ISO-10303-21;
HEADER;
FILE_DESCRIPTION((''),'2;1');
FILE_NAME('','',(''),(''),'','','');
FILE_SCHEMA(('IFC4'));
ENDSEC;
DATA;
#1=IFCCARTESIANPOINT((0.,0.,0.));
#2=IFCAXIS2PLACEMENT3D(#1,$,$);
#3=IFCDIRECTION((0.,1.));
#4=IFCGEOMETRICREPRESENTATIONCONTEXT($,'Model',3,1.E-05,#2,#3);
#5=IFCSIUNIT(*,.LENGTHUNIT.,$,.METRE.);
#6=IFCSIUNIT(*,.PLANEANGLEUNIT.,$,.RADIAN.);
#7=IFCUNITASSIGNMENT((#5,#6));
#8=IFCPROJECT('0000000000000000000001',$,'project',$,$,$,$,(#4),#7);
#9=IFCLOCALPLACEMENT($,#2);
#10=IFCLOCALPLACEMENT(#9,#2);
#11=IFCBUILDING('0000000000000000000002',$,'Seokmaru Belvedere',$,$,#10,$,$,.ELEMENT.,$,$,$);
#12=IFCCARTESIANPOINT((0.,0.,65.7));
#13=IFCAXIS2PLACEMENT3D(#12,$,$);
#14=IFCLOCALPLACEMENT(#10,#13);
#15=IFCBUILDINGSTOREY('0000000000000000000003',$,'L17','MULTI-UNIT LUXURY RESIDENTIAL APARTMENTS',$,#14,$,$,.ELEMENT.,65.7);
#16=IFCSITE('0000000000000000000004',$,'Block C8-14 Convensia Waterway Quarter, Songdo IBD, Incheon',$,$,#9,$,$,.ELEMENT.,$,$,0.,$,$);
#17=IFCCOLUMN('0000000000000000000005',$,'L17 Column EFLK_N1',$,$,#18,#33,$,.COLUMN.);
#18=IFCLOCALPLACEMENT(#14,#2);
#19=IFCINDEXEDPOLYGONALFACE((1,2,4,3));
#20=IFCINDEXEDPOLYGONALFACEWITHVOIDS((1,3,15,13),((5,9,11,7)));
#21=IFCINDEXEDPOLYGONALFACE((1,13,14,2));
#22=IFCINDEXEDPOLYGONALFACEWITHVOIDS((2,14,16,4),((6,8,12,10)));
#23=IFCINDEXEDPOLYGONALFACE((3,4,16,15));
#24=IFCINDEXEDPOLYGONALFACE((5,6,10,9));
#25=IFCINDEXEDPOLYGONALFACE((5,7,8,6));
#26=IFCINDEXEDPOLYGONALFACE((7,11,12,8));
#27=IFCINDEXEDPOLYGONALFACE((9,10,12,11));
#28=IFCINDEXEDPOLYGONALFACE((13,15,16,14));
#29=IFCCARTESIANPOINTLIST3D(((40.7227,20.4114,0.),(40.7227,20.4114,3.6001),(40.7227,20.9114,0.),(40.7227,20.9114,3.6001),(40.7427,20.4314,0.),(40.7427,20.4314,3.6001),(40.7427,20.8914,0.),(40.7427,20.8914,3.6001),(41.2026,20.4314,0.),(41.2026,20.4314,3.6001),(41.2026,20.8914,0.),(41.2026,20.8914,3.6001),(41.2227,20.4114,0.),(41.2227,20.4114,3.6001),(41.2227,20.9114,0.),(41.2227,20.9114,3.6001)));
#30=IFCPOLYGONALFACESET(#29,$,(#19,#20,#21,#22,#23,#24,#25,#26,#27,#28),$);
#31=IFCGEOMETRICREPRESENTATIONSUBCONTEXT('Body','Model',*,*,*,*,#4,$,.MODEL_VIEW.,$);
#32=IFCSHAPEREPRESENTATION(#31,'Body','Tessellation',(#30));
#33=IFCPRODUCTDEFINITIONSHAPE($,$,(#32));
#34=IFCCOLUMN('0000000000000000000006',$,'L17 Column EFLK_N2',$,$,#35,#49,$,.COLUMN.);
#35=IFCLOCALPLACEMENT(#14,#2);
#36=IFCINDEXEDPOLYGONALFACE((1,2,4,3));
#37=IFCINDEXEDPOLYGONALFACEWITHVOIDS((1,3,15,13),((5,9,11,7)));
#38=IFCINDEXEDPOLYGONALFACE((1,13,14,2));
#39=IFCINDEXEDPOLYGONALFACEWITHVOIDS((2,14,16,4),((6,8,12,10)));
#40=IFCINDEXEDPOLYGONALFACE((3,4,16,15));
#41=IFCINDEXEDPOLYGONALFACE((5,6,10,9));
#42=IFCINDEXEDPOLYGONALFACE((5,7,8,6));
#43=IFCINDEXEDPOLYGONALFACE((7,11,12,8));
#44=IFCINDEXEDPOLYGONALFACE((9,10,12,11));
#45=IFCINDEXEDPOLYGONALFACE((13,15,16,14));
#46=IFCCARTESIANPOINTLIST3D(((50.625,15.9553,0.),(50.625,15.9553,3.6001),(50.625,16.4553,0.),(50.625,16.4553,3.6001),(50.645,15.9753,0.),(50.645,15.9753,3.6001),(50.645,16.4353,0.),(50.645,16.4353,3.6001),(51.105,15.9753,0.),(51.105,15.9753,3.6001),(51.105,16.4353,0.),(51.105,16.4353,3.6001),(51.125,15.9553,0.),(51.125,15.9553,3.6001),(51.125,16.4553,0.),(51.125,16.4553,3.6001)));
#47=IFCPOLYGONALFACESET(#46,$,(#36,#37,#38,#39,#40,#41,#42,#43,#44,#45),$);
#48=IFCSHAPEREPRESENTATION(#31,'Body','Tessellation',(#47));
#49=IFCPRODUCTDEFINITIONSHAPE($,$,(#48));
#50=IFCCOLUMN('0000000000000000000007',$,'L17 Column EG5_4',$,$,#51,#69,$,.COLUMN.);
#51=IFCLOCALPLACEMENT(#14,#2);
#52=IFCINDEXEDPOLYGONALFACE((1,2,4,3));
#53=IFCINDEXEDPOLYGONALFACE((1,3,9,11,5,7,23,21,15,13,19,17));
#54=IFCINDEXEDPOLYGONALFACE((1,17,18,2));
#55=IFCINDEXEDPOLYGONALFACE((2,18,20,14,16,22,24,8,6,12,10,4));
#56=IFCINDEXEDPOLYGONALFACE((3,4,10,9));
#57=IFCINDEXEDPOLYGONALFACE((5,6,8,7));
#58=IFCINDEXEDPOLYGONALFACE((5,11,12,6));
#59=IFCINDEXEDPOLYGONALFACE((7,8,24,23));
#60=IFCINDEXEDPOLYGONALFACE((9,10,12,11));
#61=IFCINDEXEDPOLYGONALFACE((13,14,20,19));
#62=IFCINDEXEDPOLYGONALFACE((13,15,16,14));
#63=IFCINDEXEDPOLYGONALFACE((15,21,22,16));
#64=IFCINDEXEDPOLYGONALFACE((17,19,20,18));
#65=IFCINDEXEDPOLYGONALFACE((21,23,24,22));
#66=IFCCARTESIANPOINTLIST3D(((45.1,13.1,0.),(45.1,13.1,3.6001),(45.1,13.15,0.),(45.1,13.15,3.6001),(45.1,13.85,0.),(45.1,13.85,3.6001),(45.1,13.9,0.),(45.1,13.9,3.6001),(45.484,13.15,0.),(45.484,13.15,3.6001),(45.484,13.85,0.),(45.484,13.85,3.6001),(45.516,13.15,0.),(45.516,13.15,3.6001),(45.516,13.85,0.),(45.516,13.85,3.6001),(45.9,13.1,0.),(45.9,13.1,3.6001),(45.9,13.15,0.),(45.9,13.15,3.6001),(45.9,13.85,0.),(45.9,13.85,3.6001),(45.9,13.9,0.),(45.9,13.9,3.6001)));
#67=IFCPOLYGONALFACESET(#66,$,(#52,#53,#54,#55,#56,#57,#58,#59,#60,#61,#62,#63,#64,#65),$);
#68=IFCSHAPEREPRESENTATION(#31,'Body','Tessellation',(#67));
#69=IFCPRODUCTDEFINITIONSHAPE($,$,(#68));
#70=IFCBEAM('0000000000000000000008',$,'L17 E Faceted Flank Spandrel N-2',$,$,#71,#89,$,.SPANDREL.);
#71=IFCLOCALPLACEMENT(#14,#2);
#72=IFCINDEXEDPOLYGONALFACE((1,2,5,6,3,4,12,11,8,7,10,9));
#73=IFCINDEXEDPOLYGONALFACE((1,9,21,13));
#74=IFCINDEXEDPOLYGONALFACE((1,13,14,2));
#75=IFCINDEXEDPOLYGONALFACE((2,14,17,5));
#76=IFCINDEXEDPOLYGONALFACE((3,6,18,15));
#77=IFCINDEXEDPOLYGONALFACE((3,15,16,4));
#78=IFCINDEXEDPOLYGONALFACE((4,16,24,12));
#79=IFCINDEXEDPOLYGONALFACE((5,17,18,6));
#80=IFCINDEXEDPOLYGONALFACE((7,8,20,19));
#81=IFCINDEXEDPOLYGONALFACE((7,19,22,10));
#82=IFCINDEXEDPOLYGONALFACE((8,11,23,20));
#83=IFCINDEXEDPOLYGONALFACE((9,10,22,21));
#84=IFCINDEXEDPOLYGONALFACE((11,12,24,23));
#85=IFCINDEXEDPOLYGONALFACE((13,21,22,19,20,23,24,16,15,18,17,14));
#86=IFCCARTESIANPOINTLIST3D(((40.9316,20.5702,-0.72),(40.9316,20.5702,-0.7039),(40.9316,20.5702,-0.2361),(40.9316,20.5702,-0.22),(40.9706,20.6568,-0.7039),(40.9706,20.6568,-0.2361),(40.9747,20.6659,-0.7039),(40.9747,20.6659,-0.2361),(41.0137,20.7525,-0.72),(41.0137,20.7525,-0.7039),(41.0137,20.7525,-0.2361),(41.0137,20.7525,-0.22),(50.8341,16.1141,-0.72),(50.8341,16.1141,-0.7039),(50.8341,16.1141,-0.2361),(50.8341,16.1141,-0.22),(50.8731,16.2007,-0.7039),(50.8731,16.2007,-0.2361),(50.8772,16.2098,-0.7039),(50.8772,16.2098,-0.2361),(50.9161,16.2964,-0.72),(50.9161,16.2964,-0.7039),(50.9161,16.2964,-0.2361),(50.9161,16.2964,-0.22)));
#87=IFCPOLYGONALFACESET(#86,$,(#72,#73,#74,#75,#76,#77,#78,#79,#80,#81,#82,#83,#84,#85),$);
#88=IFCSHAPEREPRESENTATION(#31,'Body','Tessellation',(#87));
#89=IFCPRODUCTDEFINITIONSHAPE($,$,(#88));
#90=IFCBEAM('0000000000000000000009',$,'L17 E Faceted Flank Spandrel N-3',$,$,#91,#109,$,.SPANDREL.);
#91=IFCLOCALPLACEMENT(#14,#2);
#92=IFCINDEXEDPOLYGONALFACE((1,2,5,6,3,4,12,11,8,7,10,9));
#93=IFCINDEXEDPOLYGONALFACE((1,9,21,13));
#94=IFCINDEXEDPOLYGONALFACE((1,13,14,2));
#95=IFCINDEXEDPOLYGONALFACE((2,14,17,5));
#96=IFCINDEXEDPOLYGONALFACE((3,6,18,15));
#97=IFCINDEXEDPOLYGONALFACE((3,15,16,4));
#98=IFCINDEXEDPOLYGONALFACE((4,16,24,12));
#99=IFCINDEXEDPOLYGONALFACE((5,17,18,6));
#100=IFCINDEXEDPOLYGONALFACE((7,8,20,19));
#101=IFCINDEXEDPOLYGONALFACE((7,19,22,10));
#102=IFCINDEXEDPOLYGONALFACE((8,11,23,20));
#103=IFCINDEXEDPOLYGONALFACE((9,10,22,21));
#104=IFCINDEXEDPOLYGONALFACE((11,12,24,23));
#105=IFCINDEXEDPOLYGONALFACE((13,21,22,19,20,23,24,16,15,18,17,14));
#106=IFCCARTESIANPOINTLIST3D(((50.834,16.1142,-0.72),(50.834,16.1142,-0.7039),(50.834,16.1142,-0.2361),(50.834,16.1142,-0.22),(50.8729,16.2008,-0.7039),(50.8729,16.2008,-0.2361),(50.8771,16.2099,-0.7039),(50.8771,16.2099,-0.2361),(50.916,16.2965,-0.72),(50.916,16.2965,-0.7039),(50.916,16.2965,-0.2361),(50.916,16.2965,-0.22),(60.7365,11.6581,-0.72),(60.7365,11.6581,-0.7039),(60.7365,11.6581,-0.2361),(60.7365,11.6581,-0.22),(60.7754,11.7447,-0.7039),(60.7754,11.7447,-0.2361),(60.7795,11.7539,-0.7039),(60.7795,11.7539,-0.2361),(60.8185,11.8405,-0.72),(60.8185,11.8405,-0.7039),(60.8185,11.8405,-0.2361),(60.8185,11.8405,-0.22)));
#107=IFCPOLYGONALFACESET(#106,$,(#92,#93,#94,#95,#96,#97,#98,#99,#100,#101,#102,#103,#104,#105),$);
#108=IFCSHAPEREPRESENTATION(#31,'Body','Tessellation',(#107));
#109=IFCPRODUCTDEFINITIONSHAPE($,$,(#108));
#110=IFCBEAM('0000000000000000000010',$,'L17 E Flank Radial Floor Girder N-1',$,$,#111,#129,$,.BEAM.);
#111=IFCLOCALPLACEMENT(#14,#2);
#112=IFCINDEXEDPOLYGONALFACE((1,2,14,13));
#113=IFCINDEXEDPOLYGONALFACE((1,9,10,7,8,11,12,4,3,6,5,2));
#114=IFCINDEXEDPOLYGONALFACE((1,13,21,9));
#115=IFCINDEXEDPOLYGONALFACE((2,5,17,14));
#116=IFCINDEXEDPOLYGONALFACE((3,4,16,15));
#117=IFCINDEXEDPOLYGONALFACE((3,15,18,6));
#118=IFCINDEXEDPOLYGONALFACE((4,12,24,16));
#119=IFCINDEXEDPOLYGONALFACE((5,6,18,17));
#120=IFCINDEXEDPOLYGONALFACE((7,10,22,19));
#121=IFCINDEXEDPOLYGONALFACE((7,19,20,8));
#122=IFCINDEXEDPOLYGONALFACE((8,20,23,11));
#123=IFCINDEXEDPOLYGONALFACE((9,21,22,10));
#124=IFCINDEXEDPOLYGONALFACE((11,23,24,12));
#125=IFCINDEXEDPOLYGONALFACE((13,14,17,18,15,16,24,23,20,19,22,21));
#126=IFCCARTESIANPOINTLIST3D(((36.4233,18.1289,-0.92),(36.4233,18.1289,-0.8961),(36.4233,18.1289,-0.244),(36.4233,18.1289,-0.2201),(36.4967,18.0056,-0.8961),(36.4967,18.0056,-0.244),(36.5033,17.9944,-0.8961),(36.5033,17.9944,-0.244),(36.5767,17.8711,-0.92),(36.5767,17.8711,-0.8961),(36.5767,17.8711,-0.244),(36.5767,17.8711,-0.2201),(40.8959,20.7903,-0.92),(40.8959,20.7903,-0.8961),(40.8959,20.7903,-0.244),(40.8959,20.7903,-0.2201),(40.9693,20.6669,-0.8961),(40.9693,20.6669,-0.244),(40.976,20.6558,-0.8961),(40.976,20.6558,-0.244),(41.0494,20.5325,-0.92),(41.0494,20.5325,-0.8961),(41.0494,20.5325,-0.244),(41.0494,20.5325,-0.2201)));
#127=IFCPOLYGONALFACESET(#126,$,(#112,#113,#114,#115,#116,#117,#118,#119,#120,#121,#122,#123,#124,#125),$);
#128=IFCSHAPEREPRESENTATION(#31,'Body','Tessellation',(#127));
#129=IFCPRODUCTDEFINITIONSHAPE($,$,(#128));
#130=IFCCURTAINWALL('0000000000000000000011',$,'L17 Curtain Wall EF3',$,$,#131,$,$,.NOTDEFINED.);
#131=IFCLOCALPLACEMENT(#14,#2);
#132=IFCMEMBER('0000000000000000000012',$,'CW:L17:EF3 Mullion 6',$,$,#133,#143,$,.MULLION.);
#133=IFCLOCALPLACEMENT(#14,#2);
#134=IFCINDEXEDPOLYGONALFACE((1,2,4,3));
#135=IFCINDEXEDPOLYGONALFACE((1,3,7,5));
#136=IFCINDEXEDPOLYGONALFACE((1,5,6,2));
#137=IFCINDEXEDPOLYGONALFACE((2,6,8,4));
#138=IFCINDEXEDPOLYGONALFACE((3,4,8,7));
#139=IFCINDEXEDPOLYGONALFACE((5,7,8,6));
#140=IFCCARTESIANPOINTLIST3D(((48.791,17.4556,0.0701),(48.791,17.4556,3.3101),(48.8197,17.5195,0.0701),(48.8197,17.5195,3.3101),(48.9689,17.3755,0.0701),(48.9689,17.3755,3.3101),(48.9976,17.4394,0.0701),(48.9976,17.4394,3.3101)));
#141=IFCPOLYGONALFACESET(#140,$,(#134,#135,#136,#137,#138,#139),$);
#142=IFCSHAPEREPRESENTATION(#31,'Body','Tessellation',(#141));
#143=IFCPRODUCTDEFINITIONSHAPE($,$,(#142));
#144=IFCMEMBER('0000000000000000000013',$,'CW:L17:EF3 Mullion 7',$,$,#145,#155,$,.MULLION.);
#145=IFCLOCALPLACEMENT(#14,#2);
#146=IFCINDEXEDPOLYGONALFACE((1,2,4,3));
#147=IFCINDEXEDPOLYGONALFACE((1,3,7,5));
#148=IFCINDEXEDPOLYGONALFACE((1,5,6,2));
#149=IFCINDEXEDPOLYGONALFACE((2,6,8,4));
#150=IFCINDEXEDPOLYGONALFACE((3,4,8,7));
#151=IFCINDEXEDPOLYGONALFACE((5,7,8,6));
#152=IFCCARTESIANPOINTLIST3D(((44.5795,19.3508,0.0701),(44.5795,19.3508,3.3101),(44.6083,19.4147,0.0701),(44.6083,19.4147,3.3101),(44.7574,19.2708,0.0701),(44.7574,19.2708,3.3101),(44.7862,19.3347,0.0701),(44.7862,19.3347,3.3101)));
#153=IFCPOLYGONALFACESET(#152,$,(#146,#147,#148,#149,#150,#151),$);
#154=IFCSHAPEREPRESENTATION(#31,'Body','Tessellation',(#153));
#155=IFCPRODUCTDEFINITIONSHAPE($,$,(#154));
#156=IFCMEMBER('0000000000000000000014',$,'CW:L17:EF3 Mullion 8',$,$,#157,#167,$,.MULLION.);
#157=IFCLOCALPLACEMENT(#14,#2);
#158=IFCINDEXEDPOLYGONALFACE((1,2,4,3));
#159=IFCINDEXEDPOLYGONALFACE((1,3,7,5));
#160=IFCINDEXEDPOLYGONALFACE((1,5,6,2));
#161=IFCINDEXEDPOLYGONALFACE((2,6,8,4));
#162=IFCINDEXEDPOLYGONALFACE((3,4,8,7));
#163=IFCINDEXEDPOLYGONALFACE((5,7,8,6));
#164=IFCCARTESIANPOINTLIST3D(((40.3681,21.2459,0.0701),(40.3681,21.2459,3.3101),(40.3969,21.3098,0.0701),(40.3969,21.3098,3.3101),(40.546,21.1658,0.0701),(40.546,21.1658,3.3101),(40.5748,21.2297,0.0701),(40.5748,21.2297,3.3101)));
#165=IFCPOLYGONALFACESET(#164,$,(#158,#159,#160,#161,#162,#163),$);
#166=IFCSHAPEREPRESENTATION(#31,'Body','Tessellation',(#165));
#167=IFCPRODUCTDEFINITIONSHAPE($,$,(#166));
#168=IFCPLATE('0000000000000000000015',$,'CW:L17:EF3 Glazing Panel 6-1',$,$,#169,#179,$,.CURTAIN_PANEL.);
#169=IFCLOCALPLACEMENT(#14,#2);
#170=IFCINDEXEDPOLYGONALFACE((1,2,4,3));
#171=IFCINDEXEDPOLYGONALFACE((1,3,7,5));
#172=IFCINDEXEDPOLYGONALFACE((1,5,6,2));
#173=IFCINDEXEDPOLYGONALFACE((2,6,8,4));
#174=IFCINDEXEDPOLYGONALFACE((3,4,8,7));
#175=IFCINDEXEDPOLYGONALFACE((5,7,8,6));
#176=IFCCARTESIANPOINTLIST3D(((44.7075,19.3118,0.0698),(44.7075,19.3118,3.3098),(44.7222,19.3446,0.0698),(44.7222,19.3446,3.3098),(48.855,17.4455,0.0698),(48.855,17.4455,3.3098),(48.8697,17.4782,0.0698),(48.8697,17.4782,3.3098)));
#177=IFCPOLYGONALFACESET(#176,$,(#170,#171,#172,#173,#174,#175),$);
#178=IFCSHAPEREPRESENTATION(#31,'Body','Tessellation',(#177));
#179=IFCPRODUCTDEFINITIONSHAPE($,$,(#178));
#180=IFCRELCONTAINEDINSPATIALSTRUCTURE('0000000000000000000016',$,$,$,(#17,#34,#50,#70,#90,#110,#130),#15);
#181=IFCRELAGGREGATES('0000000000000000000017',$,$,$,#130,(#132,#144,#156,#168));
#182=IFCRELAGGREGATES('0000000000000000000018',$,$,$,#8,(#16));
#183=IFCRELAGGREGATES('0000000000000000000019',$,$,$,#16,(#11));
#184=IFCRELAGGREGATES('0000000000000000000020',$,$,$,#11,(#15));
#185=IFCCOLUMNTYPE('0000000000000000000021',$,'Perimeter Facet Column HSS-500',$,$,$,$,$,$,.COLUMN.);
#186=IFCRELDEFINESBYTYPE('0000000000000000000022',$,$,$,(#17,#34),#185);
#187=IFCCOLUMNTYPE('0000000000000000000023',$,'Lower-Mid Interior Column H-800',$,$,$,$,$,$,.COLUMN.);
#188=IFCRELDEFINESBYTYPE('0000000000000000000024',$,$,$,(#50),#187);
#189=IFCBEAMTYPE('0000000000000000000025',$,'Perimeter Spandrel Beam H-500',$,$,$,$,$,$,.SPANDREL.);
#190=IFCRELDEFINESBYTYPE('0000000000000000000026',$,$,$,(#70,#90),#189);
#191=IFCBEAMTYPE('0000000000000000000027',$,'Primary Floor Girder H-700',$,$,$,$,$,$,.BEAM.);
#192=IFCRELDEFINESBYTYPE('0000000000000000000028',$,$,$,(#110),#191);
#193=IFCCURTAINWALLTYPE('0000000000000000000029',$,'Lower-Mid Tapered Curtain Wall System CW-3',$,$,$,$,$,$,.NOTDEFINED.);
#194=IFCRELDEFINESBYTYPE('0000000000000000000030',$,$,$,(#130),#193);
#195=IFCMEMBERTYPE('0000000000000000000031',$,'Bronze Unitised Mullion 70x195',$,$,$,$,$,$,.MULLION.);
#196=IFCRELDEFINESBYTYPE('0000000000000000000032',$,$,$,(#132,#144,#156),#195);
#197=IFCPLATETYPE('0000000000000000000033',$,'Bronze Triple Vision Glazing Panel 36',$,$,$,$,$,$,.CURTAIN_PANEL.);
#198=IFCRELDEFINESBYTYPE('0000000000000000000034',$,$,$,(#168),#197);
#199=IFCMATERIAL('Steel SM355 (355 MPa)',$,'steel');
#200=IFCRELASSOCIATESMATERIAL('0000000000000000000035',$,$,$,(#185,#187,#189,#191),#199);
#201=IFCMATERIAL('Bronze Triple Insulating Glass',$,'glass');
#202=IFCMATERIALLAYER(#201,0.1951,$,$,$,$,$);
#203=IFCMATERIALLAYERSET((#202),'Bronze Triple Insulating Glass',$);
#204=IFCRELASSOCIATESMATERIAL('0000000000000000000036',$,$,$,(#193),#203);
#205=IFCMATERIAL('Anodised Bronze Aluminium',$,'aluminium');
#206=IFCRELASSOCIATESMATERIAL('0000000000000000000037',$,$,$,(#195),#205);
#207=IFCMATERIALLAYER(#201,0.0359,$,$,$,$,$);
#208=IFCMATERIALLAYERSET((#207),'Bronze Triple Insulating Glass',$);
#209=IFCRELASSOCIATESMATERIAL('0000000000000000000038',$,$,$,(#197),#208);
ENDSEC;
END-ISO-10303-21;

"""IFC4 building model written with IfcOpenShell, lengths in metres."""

from ifc_helpers import new_model, si_unit, direction, frame, origin, origin_2d, place, context, subcontext, project, spatial, rectangle, hollow_rectangle, i_section, extrude, source, transform, mapped, material, layer, layer_set, material_profile, profile_set, type_object, type_shapes, element, aggregate, save


model = new_model("IFC4")

# Units and contexts
model_context = context("Model", 3, precision=1e-05, world=origin(), true_north=direction((0.0, 1.0)))
body_context = subcontext(model_context, "Body", "Model", "MODEL_VIEW")
ifc_project = project(units=[si_unit("LENGTHUNIT", "METRE"), si_unit("PLANEANGLEUNIT", "RADIAN")], contexts=[model_context])

# Site, building, storey
site_placement = place(None, origin())
site = spatial("IfcSite", under=ifc_project, at=site_placement, Name="Block C8-14 Convensia Waterway Quarter, Songdo IBD, Incheon", CompositionType="ELEMENT", RefElevation=0.0)
building_placement = place(site_placement, origin())
building = spatial("IfcBuilding", under=site, at=building_placement, Name="Seokmaru Belvedere", CompositionType="ELEMENT")
storey_placement = place(building_placement, frame((0.0, 0.0, 65.7)))
storey = spatial("IfcBuildingStorey", under=building, at=storey_placement, Name="L17", Description="MULTI-UNIT LUXURY RESIDENTIAL APARTMENTS", CompositionType="ELEMENT", Elevation=65.7)

# Columns
ifc_material_1 = material(Name="Steel SM355 (355 MPa)", Category="steel")
ifc_material_profile_1 = material_profile(ifc_material_1, hollow_rectangle(XDim=0.5, YDim=0.5, WallThickness=0.02, at=origin_2d()), Name="HSS-500x500x20")
ifc_profile_set_1 = profile_set([ifc_material_profile_1], Name="Steel SM355 (355 MPa)")
column_type_1 = type_object("IfcColumnType", Name="Perimeter Facet Column HSS-500", PredefinedType="COLUMN", material=ifc_profile_set_1)
shared_shape_1 = source(origin(), body_context, "Body", "SweptSolid", [
    extrude(hollow_rectangle(XDim=0.5, YDim=0.5, WallThickness=0.02, at=origin_2d()), origin(), (0.0, 0.0, 1.0), 3.6001),
])
type_shapes(column_type_1, [shared_shape_1])
for number, where, z_axis, x_axis, name in (
    (1, (40.9727, 20.6614, 0.0), (0.0, 0.0, 1.0), (1.0, 0.0, 0.0), "L17 Column EFLK_N1"),
    (2, (50.875, 16.2053, 0.0), (0.0, 0.0, 1.0), (1.0, 0.0, 0.0), "L17 Column EFLK_N2"),
):
    element("IfcColumn", number, at=place(storey_placement, frame(where, z_axis=z_axis, x_axis=x_axis)), inside=storey, type_object=column_type_1, Name=name, PredefinedType="COLUMN", context=body_context, shape_type="MappedRepresentation", body=[
        mapped(shared_shape_1, transform((0.0, 0.0, 0.0), scale=1.0)),
    ])
ifc_material_profile_2 = material_profile(ifc_material_1, i_section(OverallWidth=0.8, OverallDepth=0.8, WebThickness=0.032, FlangeThickness=0.05, at=origin_2d()), Name="H-800x800x32x50")
ifc_profile_set_2 = profile_set([ifc_material_profile_2], Name="Steel SM355 (355 MPa)")
column_type_2 = type_object("IfcColumnType", Name="Lower-Mid Interior Column H-800", PredefinedType="COLUMN", material=ifc_profile_set_2)
shared_shape_2 = source(origin(), body_context, "Body", "SweptSolid", [
    extrude(i_section(OverallWidth=0.8, OverallDepth=0.8, WebThickness=0.032, FlangeThickness=0.05, at=origin_2d()), origin(), (0.0, 0.0, 1.0), 3.6001),
])
type_shapes(column_type_2, [shared_shape_2])
column_placement = place(storey_placement, frame((45.5, 13.5, 0.0), z_axis=(0.0, 0.0, 1.0), x_axis=(1.0, 0.0, 0.0)))
element("IfcColumn", 3, at=column_placement, inside=storey, type_object=column_type_2, Name="L17 Column EG5_4", PredefinedType="COLUMN", context=body_context, shape_type="MappedRepresentation", body=[
    mapped(shared_shape_2, transform((0.0, 0.0, 0.0), scale=1.0)),
])

# Beams
ifc_material_profile_3 = material_profile(ifc_material_1, i_section(OverallWidth=0.2, OverallDepth=0.5, WebThickness=0.01, FlangeThickness=0.0161, at=origin_2d()), Name="H-500x200x10x16")
ifc_profile_set_3 = profile_set([ifc_material_profile_3], Name="Steel SM355 (355 MPa)")
beam_type_1 = type_object("IfcBeamType", Name="Perimeter Spandrel Beam H-500", PredefinedType="SPANDREL", material=ifc_profile_set_3)
shared_shape_3 = source(origin(), body_context, "Body", "SweptSolid", [
    extrude(i_section(OverallWidth=0.2, OverallDepth=0.5, WebThickness=0.01, FlangeThickness=0.0161, at=origin_2d()), origin(), (0.0, 0.0, 1.0), 10.8589),
])
type_shapes(beam_type_1, [shared_shape_3])
for number, where, z_axis, x_axis, name in (
    (4, (40.9727, 20.6614, -0.47), (0.911922, -0.410365, 0.0), (0.410365, 0.911922, 0.0), "L17 E Faceted Flank Spandrel N-2"),
    (5, (50.875, 16.2053, -0.47), (0.911925, -0.410356, 0.0), (0.410356, 0.911925, 0.0), "L17 E Faceted Flank Spandrel N-3"),
):
    element("IfcBeam", number, at=place(storey_placement, frame(where, z_axis=z_axis, x_axis=x_axis)), inside=storey, type_object=beam_type_1, Name=name, PredefinedType="SPANDREL", context=body_context, shape_type="MappedRepresentation", body=[
        mapped(shared_shape_3, transform((0.0, 0.0, 0.0), scale=1.0)),
    ])
ifc_material_profile_4 = material_profile(ifc_material_1, i_section(OverallWidth=0.3, OverallDepth=0.7, WebThickness=0.0129, FlangeThickness=0.0239, at=origin_2d()), Name="H-700x300x13x24")
ifc_profile_set_4 = profile_set([ifc_material_profile_4], Name="Steel SM355 (355 MPa)")
beam_type_2 = type_object("IfcBeamType", Name="Primary Floor Girder H-700", PredefinedType="BEAM", material=ifc_profile_set_4)
shared_shape_4 = source(origin(), body_context, "Body", "SweptSolid", [
    extrude(i_section(OverallWidth=0.3, OverallDepth=0.7, WebThickness=0.0129, FlangeThickness=0.0239, at=origin_2d()), origin(), (0.0, 0.0, 1.0), 5.2046),
])
type_shapes(beam_type_2, [shared_shape_4])
beam_placement = place(storey_placement, frame((40.9727, 20.6614, -0.5701), z_axis=(-0.85937, -0.511354, 0.0), x_axis=(0.511354, -0.85937, 0.0)))
element("IfcBeam", 6, at=beam_placement, inside=storey, type_object=beam_type_2, Name="L17 E Flank Radial Floor Girder N-1", PredefinedType="BEAM", context=body_context, shape_type="MappedRepresentation", body=[
    mapped(shared_shape_4, transform((0.0, 0.0, 0.0), scale=1.0)),
])

# Curtain wall, members, plate
ifc_material_2 = material(Name="Bronze Triple Insulating Glass", Category="glass")
ifc_layer_1 = layer(ifc_material_2, 0.1951)
ifc_layer_set_1 = layer_set([ifc_layer_1], Name="Bronze Triple Insulating Glass")
curtain_wall_type = type_object("IfcCurtainWallType", Name="Lower-Mid Tapered Curtain Wall System CW-3", PredefinedType="NOTDEFINED", material=ifc_layer_set_1)
curtain_wall_placement = place(storey_placement, origin())
curtain_wall = element("IfcCurtainWall", 7, at=curtain_wall_placement, inside=storey, type_object=curtain_wall_type, Name="L17 Curtain Wall EF3", PredefinedType="NOTDEFINED")
ifc_material_3 = material(Name="Anodised Bronze Aluminium", Category="aluminium")
ifc_material_profile_5 = material_profile(ifc_material_3, rectangle(XDim=0.0701, YDim=0.1951, at=origin_2d()), Name="CW-M-70x195")
ifc_profile_set_5 = profile_set([ifc_material_profile_5], Name="Anodised Bronze Aluminium")
member_type = type_object("IfcMemberType", Name="Bronze Unitised Mullion 70x195", PredefinedType="MULLION", material=ifc_profile_set_5)
shared_shape_5 = source(origin(), body_context, "Body", "SweptSolid", [
    extrude(rectangle(XDim=0.0701, YDim=0.1951, at=origin_2d()), origin(), (0.0, 0.0, 1.0), 3.24),
])
type_shapes(member_type, [shared_shape_5])
member_1_placement = place(storey_placement, frame((48.8943, 17.4475, 0.0701), z_axis=(0.0, 0.0, 1.0), x_axis=(-0.410366, -0.911921, 0.0)))
member_1 = element("IfcMember", 8, at=member_1_placement, type_object=member_type, Name="CW:L17:EF3 Mullion 6", PredefinedType="MULLION", context=body_context, shape_type="MappedRepresentation", body=[
    mapped(shared_shape_5, transform((0.0, 0.0, 0.0), scale=1.0)),
])
member_2_placement = place(storey_placement, frame((44.6829, 19.3428, 0.0701), z_axis=(0.0, 0.0, 1.0), x_axis=(-0.410366, -0.911921, 0.0)))
member_2 = element("IfcMember", 9, at=member_2_placement, type_object=member_type, Name="CW:L17:EF3 Mullion 7", PredefinedType="MULLION", context=body_context, shape_type="MappedRepresentation", body=[
    mapped(shared_shape_5, transform((0.0, 0.0, 0.0), scale=1.0)),
])
member_3_placement = place(storey_placement, frame((40.4714, 21.2378, 0.0701), z_axis=(0.0, 0.0, 1.0), x_axis=(-0.410366, -0.911921, 0.0)))
member_3 = element("IfcMember", 10, at=member_3_placement, type_object=member_type, Name="CW:L17:EF3 Mullion 8", PredefinedType="MULLION", context=body_context, shape_type="MappedRepresentation", body=[
    mapped(shared_shape_5, transform((0.0, 0.0, 0.0), scale=1.0)),
])
ifc_layer_2 = layer(ifc_material_2, 0.0359)
ifc_layer_set_2 = layer_set([ifc_layer_2], Name="Bronze Triple Insulating Glass")
plate_type = type_object("IfcPlateType", Name="Bronze Triple Vision Glazing Panel 36", PredefinedType="CURTAIN_PANEL", material=ifc_layer_set_2)
shared_shape_6 = source(origin(), body_context, "Body", "SweptSolid", [
    extrude(rectangle(XDim=4.5481, YDim=0.0359, at=origin_2d()), origin(), (0.0, 0.0, 1.0), 3.24),
])
type_shapes(plate_type, [shared_shape_6])
plate_1_placement = place(storey_placement, frame((46.7886, 18.395, 0.0698), z_axis=(0.0, 0.0, 1.0), x_axis=(-0.911921, 0.410366, 0.0)))
plate_1 = element("IfcPlate", 11, at=plate_1_placement, type_object=plate_type, Name="CW:L17:EF3 Glazing Panel 6-1", PredefinedType="CURTAIN_PANEL", context=body_context, shape_type="MappedRepresentation", body=[
    mapped(shared_shape_6, transform((0.0, 0.0, 0.0), scale=1.0)),
])
aggregate(curtain_wall, [member_1, member_2, member_3, plate_1])

save(model, "model.ifc")
